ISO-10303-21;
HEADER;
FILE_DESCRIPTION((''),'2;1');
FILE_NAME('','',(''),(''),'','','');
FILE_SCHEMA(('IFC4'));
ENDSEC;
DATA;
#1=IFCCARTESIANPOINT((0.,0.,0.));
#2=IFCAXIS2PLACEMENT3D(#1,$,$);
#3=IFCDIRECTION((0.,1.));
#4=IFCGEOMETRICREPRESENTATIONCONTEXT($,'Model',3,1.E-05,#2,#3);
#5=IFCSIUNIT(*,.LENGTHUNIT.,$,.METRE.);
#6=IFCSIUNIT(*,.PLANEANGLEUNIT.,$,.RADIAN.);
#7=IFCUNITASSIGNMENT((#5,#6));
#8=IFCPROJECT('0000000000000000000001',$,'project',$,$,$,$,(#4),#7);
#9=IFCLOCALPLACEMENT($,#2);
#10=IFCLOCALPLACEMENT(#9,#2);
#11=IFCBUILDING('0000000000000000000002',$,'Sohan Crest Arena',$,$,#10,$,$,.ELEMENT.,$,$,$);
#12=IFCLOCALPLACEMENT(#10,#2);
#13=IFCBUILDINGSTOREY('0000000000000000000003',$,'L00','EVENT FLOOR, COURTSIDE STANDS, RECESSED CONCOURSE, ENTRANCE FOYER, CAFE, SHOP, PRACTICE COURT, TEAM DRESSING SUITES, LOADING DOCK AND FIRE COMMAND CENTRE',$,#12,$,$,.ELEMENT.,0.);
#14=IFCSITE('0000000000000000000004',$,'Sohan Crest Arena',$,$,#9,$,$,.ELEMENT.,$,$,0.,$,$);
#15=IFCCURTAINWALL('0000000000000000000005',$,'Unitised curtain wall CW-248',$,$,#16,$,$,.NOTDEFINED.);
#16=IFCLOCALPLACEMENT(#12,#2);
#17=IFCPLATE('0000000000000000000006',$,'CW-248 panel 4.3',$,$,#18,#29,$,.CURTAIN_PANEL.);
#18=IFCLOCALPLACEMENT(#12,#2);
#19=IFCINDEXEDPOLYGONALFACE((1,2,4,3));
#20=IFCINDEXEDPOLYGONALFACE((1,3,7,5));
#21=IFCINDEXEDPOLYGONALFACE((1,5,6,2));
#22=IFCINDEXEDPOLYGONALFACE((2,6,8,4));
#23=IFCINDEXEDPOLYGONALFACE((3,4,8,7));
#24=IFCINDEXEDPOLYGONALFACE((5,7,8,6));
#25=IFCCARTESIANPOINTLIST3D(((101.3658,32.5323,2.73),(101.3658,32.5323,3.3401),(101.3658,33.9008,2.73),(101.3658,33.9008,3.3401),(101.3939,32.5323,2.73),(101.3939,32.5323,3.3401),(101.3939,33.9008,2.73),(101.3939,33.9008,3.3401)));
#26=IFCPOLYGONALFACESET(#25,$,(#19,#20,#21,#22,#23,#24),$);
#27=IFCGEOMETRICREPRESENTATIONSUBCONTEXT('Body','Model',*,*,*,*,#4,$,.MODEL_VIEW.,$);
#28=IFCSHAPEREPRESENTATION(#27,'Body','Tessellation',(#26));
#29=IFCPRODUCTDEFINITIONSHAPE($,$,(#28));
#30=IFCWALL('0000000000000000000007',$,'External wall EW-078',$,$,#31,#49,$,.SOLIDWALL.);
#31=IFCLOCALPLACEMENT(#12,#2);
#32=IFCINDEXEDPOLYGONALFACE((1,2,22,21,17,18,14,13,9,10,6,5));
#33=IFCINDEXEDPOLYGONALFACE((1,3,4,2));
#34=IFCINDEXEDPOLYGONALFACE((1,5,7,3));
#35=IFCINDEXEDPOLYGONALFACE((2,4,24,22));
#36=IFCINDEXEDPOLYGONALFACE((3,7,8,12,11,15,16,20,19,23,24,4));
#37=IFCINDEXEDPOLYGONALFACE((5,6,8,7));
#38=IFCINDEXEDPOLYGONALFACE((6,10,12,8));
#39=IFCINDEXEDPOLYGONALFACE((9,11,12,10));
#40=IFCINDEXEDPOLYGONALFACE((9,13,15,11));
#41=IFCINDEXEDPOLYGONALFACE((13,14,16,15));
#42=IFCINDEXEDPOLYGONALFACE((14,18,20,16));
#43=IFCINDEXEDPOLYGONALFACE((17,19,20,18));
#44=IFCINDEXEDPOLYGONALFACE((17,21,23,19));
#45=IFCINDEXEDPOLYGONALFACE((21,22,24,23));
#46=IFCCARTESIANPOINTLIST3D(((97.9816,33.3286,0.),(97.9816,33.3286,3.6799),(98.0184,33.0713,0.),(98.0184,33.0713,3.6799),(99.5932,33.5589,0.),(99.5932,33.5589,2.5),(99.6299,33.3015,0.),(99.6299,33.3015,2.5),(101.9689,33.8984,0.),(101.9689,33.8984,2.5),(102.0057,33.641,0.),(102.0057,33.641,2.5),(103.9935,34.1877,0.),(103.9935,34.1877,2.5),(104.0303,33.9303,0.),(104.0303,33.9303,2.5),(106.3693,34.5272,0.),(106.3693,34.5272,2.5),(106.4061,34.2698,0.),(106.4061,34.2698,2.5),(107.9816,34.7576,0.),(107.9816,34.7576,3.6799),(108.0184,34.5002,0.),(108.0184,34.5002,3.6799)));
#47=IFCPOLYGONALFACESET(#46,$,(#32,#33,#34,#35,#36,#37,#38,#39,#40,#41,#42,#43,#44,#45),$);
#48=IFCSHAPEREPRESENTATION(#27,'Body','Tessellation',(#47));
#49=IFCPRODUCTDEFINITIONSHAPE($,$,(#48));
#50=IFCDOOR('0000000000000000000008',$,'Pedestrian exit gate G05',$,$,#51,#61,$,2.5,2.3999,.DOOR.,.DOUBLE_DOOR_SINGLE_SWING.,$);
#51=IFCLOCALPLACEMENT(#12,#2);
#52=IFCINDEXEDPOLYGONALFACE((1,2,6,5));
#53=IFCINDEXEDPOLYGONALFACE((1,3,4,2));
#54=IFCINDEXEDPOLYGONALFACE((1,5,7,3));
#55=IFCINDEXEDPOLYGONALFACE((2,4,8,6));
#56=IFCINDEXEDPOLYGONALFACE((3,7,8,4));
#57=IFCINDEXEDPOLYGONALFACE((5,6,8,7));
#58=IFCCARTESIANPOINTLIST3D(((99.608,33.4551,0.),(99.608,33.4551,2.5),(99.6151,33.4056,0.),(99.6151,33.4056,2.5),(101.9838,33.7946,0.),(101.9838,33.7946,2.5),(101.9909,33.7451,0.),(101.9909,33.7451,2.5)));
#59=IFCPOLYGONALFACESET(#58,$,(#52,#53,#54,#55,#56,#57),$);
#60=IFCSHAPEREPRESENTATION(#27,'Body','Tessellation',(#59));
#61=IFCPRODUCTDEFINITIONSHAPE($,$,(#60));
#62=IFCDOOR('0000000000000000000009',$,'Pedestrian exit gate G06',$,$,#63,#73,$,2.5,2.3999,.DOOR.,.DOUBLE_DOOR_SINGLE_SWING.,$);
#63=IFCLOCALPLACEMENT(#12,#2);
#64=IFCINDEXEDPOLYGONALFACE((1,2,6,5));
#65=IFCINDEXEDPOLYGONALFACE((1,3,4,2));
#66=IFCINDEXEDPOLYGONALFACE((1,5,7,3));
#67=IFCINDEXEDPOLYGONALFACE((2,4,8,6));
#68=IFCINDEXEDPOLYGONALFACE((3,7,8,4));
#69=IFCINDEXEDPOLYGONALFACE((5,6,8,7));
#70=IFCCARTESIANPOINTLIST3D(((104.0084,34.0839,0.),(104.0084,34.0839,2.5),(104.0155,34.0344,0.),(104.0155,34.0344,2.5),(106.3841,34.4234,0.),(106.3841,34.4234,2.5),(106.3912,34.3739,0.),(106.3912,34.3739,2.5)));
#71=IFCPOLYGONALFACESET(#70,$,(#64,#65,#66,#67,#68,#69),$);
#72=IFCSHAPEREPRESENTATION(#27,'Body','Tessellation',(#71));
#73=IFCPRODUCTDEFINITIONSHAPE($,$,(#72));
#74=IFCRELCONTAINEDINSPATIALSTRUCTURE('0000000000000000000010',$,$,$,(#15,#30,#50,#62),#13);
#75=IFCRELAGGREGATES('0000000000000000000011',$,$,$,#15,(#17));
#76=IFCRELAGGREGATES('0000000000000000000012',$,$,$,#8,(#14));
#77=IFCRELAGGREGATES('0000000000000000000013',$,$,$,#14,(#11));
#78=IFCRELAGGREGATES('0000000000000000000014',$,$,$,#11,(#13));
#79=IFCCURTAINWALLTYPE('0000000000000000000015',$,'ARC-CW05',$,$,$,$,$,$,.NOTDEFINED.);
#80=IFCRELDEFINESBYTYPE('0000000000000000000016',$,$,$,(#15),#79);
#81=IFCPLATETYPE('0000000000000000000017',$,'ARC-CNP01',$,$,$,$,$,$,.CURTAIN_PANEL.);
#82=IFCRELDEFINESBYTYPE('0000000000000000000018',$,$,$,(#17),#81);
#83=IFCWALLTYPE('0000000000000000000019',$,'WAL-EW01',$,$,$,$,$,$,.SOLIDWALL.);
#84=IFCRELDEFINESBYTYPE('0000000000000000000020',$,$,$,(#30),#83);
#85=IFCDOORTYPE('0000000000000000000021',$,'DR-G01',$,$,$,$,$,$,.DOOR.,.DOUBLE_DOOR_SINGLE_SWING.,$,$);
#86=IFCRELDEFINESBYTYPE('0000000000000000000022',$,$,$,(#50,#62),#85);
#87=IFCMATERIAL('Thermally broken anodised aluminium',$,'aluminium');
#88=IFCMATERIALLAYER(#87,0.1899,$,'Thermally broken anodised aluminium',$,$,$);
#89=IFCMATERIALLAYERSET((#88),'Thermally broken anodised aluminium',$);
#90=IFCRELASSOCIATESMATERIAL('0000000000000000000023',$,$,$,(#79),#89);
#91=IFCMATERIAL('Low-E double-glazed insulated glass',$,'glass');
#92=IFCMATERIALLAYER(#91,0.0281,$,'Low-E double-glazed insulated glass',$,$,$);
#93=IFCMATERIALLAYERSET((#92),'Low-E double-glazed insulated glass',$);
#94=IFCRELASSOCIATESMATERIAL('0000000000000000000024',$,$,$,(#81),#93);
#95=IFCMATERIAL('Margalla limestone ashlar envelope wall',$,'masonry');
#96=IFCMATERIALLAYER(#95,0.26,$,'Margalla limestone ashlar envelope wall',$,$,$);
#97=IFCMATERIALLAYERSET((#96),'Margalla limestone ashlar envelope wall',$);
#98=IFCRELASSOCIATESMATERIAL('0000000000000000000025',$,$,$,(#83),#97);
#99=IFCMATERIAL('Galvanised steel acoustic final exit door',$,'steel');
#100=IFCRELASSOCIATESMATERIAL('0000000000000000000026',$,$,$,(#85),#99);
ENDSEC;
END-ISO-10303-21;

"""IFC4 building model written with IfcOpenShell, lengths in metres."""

from ifc_helpers import new_model, si_unit, direction, frame, frame_2d, origin, origin_2d, place, context, subcontext, project, spatial, rectangle, extrude, material, layer, layer_set, type_object, element, fill, aggregate, save


model = new_model("IFC4")

# Units and contexts
model_context = context("Model", 3, precision=1e-05, world=origin(), true_north=direction((0.0, 1.0)))
body_context = subcontext(model_context, "Body", "Model", "MODEL_VIEW")
ifc_project = project(units=[si_unit("LENGTHUNIT", "METRE"), si_unit("PLANEANGLEUNIT", "RADIAN")], contexts=[model_context])

# Site, building, storey
site_placement = place(None, origin())
site = spatial("IfcSite", under=ifc_project, at=site_placement, Name="Sohan Crest Arena", CompositionType="ELEMENT", RefElevation=0.0)
building_placement = place(site_placement, origin())
building = spatial("IfcBuilding", under=site, at=building_placement, Name="Sohan Crest Arena", CompositionType="ELEMENT")
storey_placement = place(building_placement, origin())
storey = spatial("IfcBuildingStorey", under=building, at=storey_placement, Name="L00", Description="EVENT FLOOR, COURTSIDE STANDS, RECESSED CONCOURSE, ENTRANCE FOYER, CAFE, SHOP, PRACTICE COURT, TEAM DRESSING SUITES, LOADING DOCK AND FIRE COMMAND CENTRE", CompositionType="ELEMENT", Elevation=0.0)

# Shared definitions
ifc_material_1 = material(Name="Thermally broken anodised aluminium", Category="aluminium")

# Curtain wall
ifc_layer_1 = layer(ifc_material_1, 0.1899, Name="Thermally broken anodised aluminium")
ifc_layer_set_1 = layer_set([ifc_layer_1], Name="Thermally broken anodised aluminium")
curtain_wall_type_1 = type_object("IfcCurtainWallType", Name="ARC-CW05", PredefinedType="NOTDEFINED", material=ifc_layer_set_1)
curtain_wall_1_placement = place(storey_placement, origin())
curtain_wall_1 = element("IfcCurtainWall", 1, at=curtain_wall_1_placement, inside=storey, type_object=curtain_wall_type_1, Name="Unitised curtain wall CW-248", PredefinedType="NOTDEFINED")

# Plate
ifc_material_2 = material(Name="Low-E double-glazed insulated glass", Category="glass")
ifc_layer_2 = layer(ifc_material_2, 0.0281, Name="Low-E double-glazed insulated glass")
ifc_layer_set_2 = layer_set([ifc_layer_2], Name="Low-E double-glazed insulated glass")
plate_type = type_object("IfcPlateType", Name="ARC-CNP01", PredefinedType="CURTAIN_PANEL", material=ifc_layer_set_2)
plate_1_placement = place(storey_placement, frame((101.3799, 33.2166, 2.73), z_axis=(0.0, 0.0, 1.0), x_axis=(0.0, 1.0, 0.0)))
plate_1 = element("IfcPlate", 2, at=plate_1_placement, type_object=plate_type, Name="CW-248 panel 4.3", PredefinedType="CURTAIN_PANEL", context=body_context, shape_type="SweptSolid", body=[
    extrude(rectangle(XDim=1.3684, YDim=0.0281, at=origin_2d()), origin(), (0.0, 0.0, 1.0), 0.6101),
])
aggregate(curtain_wall_1, [plate_1])

# Wall, openings, doors
ifc_material_3 = material(Name="Margalla limestone ashlar envelope wall", Category="masonry")
ifc_layer_3 = layer(ifc_material_3, 0.26, Name="Margalla limestone ashlar envelope wall")
ifc_layer_set_3 = layer_set([ifc_layer_3], Name="Margalla limestone ashlar envelope wall")
wall_type = type_object("IfcWallType", Name="WAL-EW01", PredefinedType="SOLIDWALL", material=ifc_layer_set_3)
wall_placement = place(storey_placement, frame((98.0, 33.2, 0.0), z_axis=(0.0, 0.0, 1.0), x_axis=(0.989944, 0.141459, 0.0)))
wall = element("IfcWall", 3, at=wall_placement, inside=storey, type_object=wall_type, Name="External wall EW-078", PredefinedType="SOLIDWALL", context=body_context, shape_type="SweptSolid", body=[
    extrude(rectangle(XDim=10.1016, YDim=0.26, at=frame_2d((5.0508, 0.0))), origin(), (0.0, 0.0, 1.0), 3.6799),
])
opening_1_placement = place(wall_placement, frame((1.6279, 0.0, 0.0)))
opening_1 = element("IfcOpeningElement", 4, at=opening_1_placement, cuts=wall, PredefinedType="OPENING", context=body_context, shape_type="SweptSolid", body=[
    extrude(rectangle(XDim=2.3999, YDim=2.5, at=frame_2d((1.2, 1.25))), frame((0.0, 0.1399, 0.0), z_axis=(0.0, -1.0, 0.0), x_axis=(1.0, 0.0, 0.0)), (0.0, 0.0, 1.0), 0.28),
])
opening_2_placement = place(wall_placement, frame((6.073, 0.0, 0.0)))
opening_2 = element("IfcOpeningElement", 5, at=opening_2_placement, cuts=wall, PredefinedType="OPENING", context=body_context, shape_type="SweptSolid", body=[
    extrude(rectangle(XDim=2.3999, YDim=2.5, at=frame_2d((1.2, 1.25))), frame((0.0, 0.1399, 0.0), z_axis=(0.0, -1.0, 0.0), x_axis=(1.0, 0.0, 0.0)), (0.0, 0.0, 1.0), 0.28),
])
ifc_material_4 = material(Name="Galvanised steel acoustic final exit door", Category="steel")
door_type = type_object("IfcDoorType", Name="DR-G01", OperationType="DOUBLE_DOOR_SINGLE_SWING", PredefinedType="DOOR", material=ifc_material_4)
door_1_placement = place(opening_1_placement, frame((2.3999, 0.0, 0.0), z_axis=(0.0, 0.0, 1.0), x_axis=(-1.0, 0.0, 0.0)))
door_1 = element("IfcDoor", 6, at=door_1_placement, inside=storey, type_object=door_type, Name="Pedestrian exit gate G05", OperationType="DOUBLE_DOOR_SINGLE_SWING", OverallHeight=2.5, OverallWidth=2.3999, PredefinedType="DOOR", context=body_context, shape_type="SweptSolid", body=[
    extrude(rectangle(XDim=2.3999, YDim=2.5, at=frame_2d((1.2, 1.25))), frame((0.0, 0.0249, 0.0), z_axis=(0.0, -1.0, 0.0), x_axis=(1.0, 0.0, 0.0)), (0.0, 0.0, 1.0), 0.05),
])
fill(opening_1, door_1)
door_2_placement = place(opening_2_placement, frame((2.3999, 0.0, 0.0), z_axis=(0.0, 0.0, 1.0), x_axis=(-1.0, 0.0, 0.0)))
door_2 = element("IfcDoor", 7, at=door_2_placement, inside=storey, type_object=door_type, Name="Pedestrian exit gate G06", OperationType="DOUBLE_DOOR_SINGLE_SWING", OverallHeight=2.5, OverallWidth=2.3999, PredefinedType="DOOR", context=body_context, shape_type="SweptSolid", body=[
    extrude(rectangle(XDim=2.3999, YDim=2.5, at=frame_2d((1.2, 1.25))), frame((0.0, 0.0249, 0.0), z_axis=(0.0, -1.0, 0.0), x_axis=(1.0, 0.0, 0.0)), (0.0, 0.0, 1.0), 0.05),
])
fill(opening_2, door_2)

save(model, "model.ifc")
